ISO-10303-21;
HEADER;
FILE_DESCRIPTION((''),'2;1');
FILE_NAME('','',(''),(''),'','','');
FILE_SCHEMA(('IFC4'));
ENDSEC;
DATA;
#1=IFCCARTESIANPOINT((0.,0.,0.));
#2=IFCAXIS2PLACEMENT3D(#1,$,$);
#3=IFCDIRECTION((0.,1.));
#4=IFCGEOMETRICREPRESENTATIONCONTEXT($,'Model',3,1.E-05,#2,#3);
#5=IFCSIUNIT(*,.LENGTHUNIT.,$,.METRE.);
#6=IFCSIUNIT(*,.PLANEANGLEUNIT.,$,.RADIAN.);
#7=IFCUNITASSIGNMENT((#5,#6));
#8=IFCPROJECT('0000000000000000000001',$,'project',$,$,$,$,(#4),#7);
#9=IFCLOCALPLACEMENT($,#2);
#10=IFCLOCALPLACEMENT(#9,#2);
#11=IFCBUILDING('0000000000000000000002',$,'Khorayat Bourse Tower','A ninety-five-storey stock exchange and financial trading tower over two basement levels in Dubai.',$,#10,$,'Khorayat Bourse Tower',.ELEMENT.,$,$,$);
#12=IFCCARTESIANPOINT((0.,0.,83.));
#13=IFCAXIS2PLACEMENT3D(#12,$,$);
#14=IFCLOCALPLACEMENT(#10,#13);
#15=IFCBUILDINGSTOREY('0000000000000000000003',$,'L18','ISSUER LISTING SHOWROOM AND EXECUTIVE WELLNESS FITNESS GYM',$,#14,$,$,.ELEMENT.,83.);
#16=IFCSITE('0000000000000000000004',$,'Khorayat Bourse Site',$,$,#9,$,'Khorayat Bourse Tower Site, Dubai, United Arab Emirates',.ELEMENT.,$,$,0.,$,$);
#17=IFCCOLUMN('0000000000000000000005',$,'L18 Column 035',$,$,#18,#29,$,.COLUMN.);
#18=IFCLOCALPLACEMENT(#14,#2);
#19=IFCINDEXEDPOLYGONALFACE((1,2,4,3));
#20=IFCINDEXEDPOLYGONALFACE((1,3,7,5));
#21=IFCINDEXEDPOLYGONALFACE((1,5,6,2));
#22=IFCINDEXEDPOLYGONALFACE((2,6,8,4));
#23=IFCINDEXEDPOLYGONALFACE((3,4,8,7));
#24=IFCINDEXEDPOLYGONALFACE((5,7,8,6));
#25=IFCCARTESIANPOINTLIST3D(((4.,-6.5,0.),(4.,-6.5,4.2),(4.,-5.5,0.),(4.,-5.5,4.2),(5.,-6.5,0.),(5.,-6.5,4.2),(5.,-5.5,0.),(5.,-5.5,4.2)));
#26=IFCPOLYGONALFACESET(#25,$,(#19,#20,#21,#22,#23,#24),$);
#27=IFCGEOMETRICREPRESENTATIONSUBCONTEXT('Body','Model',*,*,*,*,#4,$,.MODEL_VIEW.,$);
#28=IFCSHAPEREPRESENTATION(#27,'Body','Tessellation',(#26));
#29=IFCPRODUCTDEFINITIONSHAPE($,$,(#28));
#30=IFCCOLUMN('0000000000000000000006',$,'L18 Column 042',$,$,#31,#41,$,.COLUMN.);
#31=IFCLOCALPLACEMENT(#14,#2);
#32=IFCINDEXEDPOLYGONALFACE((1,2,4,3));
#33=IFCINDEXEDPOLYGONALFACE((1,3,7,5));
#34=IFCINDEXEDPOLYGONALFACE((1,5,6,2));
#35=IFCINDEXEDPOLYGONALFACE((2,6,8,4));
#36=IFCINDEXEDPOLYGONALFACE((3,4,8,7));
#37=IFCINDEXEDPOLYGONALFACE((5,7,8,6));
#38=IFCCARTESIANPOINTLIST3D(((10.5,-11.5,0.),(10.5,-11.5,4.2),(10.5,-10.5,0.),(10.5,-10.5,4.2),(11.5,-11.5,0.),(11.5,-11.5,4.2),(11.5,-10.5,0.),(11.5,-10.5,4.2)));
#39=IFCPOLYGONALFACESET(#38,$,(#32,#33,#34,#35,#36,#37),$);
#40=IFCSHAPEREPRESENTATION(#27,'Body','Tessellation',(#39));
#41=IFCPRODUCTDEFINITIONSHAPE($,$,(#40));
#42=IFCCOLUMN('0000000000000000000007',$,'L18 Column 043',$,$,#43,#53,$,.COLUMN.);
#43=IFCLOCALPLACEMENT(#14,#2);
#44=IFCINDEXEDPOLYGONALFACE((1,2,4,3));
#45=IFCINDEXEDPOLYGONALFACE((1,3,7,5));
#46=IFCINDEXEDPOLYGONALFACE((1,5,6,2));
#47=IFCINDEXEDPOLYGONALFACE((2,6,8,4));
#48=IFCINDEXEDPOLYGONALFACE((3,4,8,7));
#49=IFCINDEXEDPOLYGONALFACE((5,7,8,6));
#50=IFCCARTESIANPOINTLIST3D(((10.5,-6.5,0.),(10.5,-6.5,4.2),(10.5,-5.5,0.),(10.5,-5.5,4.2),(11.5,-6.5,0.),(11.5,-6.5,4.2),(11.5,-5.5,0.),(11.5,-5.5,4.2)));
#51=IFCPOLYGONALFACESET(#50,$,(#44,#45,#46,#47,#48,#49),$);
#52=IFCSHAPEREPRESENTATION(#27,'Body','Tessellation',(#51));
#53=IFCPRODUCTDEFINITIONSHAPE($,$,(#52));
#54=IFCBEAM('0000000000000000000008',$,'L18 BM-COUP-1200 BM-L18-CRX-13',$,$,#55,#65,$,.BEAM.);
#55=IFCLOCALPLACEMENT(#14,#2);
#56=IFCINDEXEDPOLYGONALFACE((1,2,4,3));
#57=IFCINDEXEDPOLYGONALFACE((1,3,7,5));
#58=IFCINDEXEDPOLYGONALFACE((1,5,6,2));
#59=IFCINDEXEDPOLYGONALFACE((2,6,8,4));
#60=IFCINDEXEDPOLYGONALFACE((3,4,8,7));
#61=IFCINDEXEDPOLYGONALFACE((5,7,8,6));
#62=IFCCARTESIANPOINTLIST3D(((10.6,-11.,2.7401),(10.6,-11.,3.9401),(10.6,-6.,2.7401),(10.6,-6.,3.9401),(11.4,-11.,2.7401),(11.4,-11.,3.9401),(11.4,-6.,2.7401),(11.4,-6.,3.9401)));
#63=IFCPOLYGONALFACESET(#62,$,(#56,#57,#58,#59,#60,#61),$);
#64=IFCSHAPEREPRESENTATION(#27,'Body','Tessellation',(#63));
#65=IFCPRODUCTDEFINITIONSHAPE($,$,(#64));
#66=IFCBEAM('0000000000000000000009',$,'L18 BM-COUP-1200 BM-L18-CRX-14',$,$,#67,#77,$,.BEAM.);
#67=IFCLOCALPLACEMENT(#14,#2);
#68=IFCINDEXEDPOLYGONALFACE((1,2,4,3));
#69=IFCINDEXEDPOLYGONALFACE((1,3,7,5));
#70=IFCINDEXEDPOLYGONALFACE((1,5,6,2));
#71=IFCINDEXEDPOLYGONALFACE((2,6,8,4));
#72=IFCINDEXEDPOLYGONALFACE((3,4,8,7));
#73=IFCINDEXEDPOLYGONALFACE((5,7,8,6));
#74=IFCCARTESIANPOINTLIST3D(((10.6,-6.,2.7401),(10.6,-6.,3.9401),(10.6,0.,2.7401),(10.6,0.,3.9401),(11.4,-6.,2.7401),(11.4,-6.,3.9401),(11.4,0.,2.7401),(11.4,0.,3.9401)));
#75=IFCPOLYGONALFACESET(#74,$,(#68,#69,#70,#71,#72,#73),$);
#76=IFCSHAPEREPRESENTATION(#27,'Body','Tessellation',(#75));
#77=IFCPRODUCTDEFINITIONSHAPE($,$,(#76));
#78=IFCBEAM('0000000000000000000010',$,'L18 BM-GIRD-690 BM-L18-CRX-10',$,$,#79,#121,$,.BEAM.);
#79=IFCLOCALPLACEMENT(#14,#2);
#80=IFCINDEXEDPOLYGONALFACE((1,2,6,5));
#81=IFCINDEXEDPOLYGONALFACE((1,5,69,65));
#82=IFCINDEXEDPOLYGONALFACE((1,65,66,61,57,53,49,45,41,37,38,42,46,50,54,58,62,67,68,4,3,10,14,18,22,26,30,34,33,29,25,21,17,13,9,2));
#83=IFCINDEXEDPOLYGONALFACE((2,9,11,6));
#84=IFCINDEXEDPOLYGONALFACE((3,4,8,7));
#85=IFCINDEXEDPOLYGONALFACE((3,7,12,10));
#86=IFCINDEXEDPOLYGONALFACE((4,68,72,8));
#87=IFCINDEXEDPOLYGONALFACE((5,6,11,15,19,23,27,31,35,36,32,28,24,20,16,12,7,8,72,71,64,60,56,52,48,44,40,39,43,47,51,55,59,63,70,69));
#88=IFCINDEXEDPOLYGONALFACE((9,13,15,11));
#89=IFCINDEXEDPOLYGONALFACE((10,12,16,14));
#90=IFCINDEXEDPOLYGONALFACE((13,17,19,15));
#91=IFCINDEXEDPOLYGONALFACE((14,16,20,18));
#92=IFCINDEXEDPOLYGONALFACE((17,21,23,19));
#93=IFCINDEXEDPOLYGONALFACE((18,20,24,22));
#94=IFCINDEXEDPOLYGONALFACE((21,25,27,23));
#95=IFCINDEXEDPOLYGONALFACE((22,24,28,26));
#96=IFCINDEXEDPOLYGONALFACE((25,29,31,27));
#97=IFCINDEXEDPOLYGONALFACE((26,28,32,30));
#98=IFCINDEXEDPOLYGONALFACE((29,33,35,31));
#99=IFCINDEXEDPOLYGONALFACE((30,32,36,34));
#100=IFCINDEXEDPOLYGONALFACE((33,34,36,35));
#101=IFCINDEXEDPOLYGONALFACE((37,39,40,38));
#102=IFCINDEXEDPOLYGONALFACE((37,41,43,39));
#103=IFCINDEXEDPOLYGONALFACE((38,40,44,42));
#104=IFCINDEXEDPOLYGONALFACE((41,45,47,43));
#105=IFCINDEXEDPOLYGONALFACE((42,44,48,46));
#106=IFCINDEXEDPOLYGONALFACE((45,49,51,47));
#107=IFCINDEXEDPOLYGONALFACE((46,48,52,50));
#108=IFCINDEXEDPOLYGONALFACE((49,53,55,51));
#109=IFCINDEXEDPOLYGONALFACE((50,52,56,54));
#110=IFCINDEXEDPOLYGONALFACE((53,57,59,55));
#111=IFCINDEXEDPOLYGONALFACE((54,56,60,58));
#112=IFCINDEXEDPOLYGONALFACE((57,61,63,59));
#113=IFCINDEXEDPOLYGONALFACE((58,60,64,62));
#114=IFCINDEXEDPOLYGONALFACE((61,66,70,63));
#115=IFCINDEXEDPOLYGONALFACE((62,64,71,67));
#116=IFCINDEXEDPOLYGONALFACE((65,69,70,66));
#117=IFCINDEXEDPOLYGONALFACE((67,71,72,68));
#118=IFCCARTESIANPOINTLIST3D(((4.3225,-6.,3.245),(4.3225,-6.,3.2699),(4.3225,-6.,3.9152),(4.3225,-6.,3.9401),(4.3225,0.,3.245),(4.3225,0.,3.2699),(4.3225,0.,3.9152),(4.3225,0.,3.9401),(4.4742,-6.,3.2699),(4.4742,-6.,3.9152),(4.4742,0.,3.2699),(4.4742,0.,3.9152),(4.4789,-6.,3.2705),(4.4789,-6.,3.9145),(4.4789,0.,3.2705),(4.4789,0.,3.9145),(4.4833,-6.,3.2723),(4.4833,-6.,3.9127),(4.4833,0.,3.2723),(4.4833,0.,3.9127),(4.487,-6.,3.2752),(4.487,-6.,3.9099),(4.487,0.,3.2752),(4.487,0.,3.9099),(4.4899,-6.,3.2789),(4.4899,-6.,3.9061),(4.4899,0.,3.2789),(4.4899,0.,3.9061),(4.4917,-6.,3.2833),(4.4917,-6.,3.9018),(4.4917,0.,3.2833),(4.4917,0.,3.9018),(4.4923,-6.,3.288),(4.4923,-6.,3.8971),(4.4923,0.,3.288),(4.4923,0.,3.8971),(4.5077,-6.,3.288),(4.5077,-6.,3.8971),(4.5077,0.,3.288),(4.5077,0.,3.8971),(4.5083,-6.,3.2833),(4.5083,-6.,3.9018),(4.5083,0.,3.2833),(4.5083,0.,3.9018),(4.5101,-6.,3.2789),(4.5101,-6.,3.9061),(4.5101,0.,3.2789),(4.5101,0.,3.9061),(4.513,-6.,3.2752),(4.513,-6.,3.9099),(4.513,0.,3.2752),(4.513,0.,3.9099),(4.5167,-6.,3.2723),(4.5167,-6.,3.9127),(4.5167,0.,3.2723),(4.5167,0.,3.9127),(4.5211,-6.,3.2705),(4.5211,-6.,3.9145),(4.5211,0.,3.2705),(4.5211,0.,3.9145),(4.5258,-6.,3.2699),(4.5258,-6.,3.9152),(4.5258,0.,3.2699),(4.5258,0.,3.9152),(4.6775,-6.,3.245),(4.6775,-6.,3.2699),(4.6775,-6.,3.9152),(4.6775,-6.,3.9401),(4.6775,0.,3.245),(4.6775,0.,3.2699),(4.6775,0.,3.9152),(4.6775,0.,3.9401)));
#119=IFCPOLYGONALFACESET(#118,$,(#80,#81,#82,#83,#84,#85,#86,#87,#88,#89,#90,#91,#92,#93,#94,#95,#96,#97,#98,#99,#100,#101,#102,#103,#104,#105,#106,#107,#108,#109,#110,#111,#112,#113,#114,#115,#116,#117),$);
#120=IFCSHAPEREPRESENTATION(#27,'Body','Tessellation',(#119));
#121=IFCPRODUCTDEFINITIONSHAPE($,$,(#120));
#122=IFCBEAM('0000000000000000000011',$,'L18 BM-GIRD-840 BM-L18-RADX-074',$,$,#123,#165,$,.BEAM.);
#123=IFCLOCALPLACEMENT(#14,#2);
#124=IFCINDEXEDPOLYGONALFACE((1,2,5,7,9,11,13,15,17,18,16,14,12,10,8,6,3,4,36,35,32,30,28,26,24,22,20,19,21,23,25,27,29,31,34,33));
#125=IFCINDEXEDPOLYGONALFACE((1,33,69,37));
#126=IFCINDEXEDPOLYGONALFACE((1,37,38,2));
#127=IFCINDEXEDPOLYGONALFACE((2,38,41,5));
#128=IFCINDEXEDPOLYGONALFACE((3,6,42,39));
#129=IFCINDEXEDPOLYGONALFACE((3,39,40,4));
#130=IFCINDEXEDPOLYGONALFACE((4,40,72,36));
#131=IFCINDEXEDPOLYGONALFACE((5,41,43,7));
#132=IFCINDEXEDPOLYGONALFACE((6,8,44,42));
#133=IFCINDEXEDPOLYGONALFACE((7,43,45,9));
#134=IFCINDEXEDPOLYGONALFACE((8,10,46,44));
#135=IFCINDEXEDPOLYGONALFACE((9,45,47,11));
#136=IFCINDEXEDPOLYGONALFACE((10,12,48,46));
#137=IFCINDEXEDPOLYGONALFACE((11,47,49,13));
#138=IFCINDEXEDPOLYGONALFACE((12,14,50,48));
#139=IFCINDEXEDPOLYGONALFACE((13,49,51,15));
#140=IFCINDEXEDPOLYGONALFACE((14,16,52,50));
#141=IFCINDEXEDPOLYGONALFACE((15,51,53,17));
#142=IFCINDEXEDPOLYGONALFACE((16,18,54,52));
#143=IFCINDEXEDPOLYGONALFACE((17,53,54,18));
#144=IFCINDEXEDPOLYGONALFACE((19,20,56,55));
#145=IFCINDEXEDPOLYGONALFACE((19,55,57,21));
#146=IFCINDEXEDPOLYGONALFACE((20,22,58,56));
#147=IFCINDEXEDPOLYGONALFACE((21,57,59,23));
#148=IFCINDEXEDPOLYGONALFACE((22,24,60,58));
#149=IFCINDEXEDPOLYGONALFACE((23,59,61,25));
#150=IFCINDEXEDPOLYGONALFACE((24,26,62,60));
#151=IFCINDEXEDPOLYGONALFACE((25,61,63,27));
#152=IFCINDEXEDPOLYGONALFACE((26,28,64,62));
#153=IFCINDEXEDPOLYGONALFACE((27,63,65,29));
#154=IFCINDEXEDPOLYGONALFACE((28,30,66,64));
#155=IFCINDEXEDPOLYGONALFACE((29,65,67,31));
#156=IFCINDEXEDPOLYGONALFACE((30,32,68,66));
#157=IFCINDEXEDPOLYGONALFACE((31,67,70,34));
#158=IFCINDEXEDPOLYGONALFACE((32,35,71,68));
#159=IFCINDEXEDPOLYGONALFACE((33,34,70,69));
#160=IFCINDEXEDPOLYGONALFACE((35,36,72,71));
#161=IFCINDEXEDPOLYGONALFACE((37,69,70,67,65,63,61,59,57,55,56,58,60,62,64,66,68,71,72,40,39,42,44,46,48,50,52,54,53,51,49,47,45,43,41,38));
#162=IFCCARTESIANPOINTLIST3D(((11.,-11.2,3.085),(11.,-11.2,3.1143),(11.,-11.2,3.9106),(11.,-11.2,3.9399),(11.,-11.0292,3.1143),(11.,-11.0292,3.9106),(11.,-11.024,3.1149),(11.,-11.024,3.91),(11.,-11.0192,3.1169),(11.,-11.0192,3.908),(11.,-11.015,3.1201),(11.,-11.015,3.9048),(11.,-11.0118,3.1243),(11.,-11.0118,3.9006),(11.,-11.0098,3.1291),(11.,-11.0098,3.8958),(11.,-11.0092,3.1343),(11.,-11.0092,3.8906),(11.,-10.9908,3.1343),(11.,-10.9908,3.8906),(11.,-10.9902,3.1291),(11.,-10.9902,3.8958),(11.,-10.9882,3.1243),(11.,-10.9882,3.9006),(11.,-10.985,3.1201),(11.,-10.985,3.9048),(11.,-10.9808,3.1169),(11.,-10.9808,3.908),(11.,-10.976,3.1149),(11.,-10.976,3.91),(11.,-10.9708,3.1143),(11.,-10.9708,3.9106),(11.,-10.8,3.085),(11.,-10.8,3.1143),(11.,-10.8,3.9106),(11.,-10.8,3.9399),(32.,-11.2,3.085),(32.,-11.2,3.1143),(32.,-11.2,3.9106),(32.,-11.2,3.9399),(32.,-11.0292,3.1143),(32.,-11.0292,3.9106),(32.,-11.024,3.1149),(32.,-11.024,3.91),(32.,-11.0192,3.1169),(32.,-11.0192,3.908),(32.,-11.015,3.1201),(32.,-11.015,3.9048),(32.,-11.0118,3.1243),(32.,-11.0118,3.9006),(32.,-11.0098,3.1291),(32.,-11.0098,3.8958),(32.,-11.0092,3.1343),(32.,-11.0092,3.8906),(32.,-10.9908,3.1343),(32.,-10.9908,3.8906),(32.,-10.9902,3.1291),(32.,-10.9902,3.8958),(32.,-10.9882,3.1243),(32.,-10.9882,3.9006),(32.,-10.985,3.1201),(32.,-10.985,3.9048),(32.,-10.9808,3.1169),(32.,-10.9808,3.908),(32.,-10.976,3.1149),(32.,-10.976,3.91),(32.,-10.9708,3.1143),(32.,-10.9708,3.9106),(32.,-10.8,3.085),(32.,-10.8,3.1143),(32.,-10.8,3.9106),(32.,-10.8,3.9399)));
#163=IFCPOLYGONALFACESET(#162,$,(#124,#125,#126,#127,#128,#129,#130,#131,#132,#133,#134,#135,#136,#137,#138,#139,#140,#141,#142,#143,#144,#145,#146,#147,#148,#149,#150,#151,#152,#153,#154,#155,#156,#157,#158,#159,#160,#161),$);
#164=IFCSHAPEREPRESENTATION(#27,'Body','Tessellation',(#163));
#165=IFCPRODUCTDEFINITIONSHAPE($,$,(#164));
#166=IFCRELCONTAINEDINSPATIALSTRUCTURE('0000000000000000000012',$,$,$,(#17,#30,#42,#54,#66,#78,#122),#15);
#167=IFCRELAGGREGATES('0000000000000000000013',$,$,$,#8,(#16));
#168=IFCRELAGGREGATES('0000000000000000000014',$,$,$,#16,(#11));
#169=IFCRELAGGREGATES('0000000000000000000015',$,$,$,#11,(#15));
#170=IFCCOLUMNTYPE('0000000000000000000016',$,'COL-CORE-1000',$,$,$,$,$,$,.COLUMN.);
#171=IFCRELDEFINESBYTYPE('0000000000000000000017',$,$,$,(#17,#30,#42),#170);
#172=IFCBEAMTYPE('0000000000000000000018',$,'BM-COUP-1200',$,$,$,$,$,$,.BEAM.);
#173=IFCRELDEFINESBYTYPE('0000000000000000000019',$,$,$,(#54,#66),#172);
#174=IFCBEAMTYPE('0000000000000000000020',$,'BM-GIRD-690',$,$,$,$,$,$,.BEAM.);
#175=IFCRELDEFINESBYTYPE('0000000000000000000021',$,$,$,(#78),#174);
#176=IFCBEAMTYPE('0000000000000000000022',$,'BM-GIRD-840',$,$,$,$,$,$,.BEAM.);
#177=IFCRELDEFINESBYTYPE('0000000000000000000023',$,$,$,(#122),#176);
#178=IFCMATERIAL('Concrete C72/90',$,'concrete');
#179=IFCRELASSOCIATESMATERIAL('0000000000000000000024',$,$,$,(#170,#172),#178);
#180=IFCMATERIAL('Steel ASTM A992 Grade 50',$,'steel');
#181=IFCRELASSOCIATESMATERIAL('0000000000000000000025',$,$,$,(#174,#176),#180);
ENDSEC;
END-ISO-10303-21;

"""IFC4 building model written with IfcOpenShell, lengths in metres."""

from ifc_helpers import new_model, si_unit, direction, frame, origin, origin_2d, place, context, subcontext, project, spatial, rectangle, i_section, extrude, source, transform, mapped, material, material_profile, profile_set, type_object, element, save


model = new_model("IFC4")

# Units and contexts
model_context = context("Model", 3, precision=1e-05, world=origin(), true_north=direction((0.0, 1.0)))
body_context = subcontext(model_context, "Body", "Model", "MODEL_VIEW")
ifc_project = project(units=[si_unit("LENGTHUNIT", "METRE"), si_unit("PLANEANGLEUNIT", "RADIAN")], contexts=[model_context])

# Site, building, storey
site_placement = place(None, origin())
site = spatial("IfcSite", under=ifc_project, at=site_placement, Name="Khorayat Bourse Site", LongName="Khorayat Bourse Tower Site, Dubai, United Arab Emirates", CompositionType="ELEMENT", RefElevation=0.0)
building_placement = place(site_placement, origin())
building = spatial("IfcBuilding", under=site, at=building_placement, Name="Khorayat Bourse Tower", Description="A ninety-five-storey stock exchange and financial trading tower over two basement levels in Dubai.", LongName="Khorayat Bourse Tower", CompositionType="ELEMENT")
storey_placement = place(building_placement, frame((0.0, 0.0, 83.0)))
storey = spatial("IfcBuildingStorey", under=building, at=storey_placement, Name="L18", Description="ISSUER LISTING SHOWROOM AND EXECUTIVE WELLNESS FITNESS GYM", CompositionType="ELEMENT", Elevation=83.0)

# Columns
ifc_material_1 = material(Name="Concrete C72/90", Category="concrete")
ifc_material_profile_1 = material_profile(ifc_material_1, rectangle(XDim=1.0, YDim=1.0, at=origin_2d()), Name="RC 1000x1000")
ifc_profile_set_1 = profile_set([ifc_material_profile_1], Name="Concrete C72/90")
column_type = type_object("IfcColumnType", Name="COL-CORE-1000", PredefinedType="COLUMN", material=ifc_profile_set_1)
shared_shape_1 = source(origin(), body_context, "Body", "SweptSolid", [
    extrude(rectangle(XDim=1.0, YDim=1.0, at=origin_2d()), origin(), (0.0, 0.0, 1.0), 4.2),
])
for number, where, z_axis, x_axis, name in (
    (1, (4.5, -6.0, 0.0), (0.0, 0.0, 1.0), (1.0, 0.0, 0.0), "L18 Column 035"),
    (2, (11.0, -11.0, 0.0), (0.0, 0.0, 1.0), (1.0, 0.0, 0.0), "L18 Column 042"),
    (3, (11.0, -6.0, 0.0), (0.0, 0.0, 1.0), (1.0, 0.0, 0.0), "L18 Column 043"),
):
    element("IfcColumn", number, at=place(storey_placement, frame(where, z_axis=z_axis, x_axis=x_axis)), inside=storey, type_object=column_type, Name=name, PredefinedType="COLUMN", context=body_context, shape_type="MappedRepresentation", body=[
        mapped(shared_shape_1, transform((0.0, 0.0, 0.0), scale=1.0)),
    ])

# Beams
ifc_material_profile_2 = material_profile(ifc_material_1, rectangle(XDim=0.8, YDim=1.2, at=origin_2d()), Name="RC 800x1200")
ifc_profile_set_2 = profile_set([ifc_material_profile_2], Name="Concrete C72/90")
beam_type_1 = type_object("IfcBeamType", Name="BM-COUP-1200", PredefinedType="BEAM", material=ifc_profile_set_2)
shared_shape_2 = source(origin(), body_context, "Body", "SweptSolid", [
    extrude(rectangle(XDim=0.8, YDim=1.2, at=origin_2d()), origin(), (0.0, 0.0, 1.0), 5.0),
])
beam_1_placement = place(storey_placement, frame((11.0, -11.0, 3.3401), z_axis=(0.0, 1.0, 0.0), x_axis=(-1.0, 0.0, 0.0)))
element("IfcBeam", 4, at=beam_1_placement, inside=storey, type_object=beam_type_1, Name="L18 BM-COUP-1200 BM-L18-CRX-13", PredefinedType="BEAM", context=body_context, shape_type="MappedRepresentation", body=[
    mapped(shared_shape_2, transform((0.0, 0.0, 0.0), scale=1.0)),
])
shared_shape_3 = source(origin(), body_context, "Body", "SweptSolid", [
    extrude(rectangle(XDim=0.8, YDim=1.2, at=origin_2d()), origin(), (0.0, 0.0, 1.0), 6.0),
])
beam_2_placement = place(storey_placement, frame((11.0, -6.0, 3.3401), z_axis=(0.0, 1.0, 0.0), x_axis=(-1.0, 0.0, 0.0)))
element("IfcBeam", 5, at=beam_2_placement, inside=storey, type_object=beam_type_1, Name="L18 BM-COUP-1200 BM-L18-CRX-14", PredefinedType="BEAM", context=body_context, shape_type="MappedRepresentation", body=[
    mapped(shared_shape_3, transform((0.0, 0.0, 0.0), scale=1.0)),
])
ifc_material_2 = material(Name="Steel ASTM A992 Grade 50", Category="steel")
ifc_material_profile_3 = material_profile(ifc_material_2, i_section(OverallWidth=0.355, OverallDepth=0.6951, WebThickness=0.0154, FlangeThickness=0.0249, FilletRadius=0.0181, at=origin_2d()), Name="W690X217")
ifc_profile_set_3 = profile_set([ifc_material_profile_3], Name="Steel ASTM A992 Grade 50")
beam_type_2 = type_object("IfcBeamType", Name="BM-GIRD-690", PredefinedType="BEAM", material=ifc_profile_set_3)
shared_shape_4 = source(origin(), body_context, "Body", "SweptSolid", [
    extrude(i_section(OverallWidth=0.355, OverallDepth=0.6951, WebThickness=0.0154, FlangeThickness=0.0249, FilletRadius=0.0181, at=origin_2d()), origin(), (0.0, 0.0, 1.0), 6.0),
])
beam_3_placement = place(storey_placement, frame((4.5, -6.0, 3.5925), z_axis=(0.0, 1.0, 0.0), x_axis=(-1.0, 0.0, 0.0)))
element("IfcBeam", 6, at=beam_3_placement, inside=storey, type_object=beam_type_2, Name="L18 BM-GIRD-690 BM-L18-CRX-10", PredefinedType="BEAM", context=body_context, shape_type="MappedRepresentation", body=[
    mapped(shared_shape_4, transform((0.0, 0.0, 0.0), scale=1.0)),
])
ifc_material_profile_4 = material_profile(ifc_material_2, i_section(OverallWidth=0.3999, OverallDepth=0.855, WebThickness=0.0183, FlangeThickness=0.0293, FilletRadius=0.02, at=origin_2d()), Name="W840X299")
ifc_profile_set_4 = profile_set([ifc_material_profile_4], Name="Steel ASTM A992 Grade 50")
beam_type_3 = type_object("IfcBeamType", Name="BM-GIRD-840", PredefinedType="BEAM", material=ifc_profile_set_4)
shared_shape_5 = source(origin(), body_context, "Body", "SweptSolid", [
    extrude(i_section(OverallWidth=0.3999, OverallDepth=0.855, WebThickness=0.0183, FlangeThickness=0.0293, FilletRadius=0.02, at=origin_2d()), origin(), (0.0, 0.0, 1.0), 21.0),
])
for number, where, z_axis, x_axis, name in (
    (7, (11.0, -11.0, 3.5125), (1.0, 0.0, 0.0), (0.0, 1.0, 0.0), "L18 BM-GIRD-840 BM-L18-RADX-074"),
):
    element("IfcBeam", number, at=place(storey_placement, frame(where, z_axis=z_axis, x_axis=x_axis)), inside=storey, type_object=beam_type_3, Name=name, PredefinedType="BEAM", context=body_context, shape_type="MappedRepresentation", body=[
        mapped(shared_shape_5, transform((0.0, 0.0, 0.0), scale=1.0)),
    ])

save(model, "model.ifc")
